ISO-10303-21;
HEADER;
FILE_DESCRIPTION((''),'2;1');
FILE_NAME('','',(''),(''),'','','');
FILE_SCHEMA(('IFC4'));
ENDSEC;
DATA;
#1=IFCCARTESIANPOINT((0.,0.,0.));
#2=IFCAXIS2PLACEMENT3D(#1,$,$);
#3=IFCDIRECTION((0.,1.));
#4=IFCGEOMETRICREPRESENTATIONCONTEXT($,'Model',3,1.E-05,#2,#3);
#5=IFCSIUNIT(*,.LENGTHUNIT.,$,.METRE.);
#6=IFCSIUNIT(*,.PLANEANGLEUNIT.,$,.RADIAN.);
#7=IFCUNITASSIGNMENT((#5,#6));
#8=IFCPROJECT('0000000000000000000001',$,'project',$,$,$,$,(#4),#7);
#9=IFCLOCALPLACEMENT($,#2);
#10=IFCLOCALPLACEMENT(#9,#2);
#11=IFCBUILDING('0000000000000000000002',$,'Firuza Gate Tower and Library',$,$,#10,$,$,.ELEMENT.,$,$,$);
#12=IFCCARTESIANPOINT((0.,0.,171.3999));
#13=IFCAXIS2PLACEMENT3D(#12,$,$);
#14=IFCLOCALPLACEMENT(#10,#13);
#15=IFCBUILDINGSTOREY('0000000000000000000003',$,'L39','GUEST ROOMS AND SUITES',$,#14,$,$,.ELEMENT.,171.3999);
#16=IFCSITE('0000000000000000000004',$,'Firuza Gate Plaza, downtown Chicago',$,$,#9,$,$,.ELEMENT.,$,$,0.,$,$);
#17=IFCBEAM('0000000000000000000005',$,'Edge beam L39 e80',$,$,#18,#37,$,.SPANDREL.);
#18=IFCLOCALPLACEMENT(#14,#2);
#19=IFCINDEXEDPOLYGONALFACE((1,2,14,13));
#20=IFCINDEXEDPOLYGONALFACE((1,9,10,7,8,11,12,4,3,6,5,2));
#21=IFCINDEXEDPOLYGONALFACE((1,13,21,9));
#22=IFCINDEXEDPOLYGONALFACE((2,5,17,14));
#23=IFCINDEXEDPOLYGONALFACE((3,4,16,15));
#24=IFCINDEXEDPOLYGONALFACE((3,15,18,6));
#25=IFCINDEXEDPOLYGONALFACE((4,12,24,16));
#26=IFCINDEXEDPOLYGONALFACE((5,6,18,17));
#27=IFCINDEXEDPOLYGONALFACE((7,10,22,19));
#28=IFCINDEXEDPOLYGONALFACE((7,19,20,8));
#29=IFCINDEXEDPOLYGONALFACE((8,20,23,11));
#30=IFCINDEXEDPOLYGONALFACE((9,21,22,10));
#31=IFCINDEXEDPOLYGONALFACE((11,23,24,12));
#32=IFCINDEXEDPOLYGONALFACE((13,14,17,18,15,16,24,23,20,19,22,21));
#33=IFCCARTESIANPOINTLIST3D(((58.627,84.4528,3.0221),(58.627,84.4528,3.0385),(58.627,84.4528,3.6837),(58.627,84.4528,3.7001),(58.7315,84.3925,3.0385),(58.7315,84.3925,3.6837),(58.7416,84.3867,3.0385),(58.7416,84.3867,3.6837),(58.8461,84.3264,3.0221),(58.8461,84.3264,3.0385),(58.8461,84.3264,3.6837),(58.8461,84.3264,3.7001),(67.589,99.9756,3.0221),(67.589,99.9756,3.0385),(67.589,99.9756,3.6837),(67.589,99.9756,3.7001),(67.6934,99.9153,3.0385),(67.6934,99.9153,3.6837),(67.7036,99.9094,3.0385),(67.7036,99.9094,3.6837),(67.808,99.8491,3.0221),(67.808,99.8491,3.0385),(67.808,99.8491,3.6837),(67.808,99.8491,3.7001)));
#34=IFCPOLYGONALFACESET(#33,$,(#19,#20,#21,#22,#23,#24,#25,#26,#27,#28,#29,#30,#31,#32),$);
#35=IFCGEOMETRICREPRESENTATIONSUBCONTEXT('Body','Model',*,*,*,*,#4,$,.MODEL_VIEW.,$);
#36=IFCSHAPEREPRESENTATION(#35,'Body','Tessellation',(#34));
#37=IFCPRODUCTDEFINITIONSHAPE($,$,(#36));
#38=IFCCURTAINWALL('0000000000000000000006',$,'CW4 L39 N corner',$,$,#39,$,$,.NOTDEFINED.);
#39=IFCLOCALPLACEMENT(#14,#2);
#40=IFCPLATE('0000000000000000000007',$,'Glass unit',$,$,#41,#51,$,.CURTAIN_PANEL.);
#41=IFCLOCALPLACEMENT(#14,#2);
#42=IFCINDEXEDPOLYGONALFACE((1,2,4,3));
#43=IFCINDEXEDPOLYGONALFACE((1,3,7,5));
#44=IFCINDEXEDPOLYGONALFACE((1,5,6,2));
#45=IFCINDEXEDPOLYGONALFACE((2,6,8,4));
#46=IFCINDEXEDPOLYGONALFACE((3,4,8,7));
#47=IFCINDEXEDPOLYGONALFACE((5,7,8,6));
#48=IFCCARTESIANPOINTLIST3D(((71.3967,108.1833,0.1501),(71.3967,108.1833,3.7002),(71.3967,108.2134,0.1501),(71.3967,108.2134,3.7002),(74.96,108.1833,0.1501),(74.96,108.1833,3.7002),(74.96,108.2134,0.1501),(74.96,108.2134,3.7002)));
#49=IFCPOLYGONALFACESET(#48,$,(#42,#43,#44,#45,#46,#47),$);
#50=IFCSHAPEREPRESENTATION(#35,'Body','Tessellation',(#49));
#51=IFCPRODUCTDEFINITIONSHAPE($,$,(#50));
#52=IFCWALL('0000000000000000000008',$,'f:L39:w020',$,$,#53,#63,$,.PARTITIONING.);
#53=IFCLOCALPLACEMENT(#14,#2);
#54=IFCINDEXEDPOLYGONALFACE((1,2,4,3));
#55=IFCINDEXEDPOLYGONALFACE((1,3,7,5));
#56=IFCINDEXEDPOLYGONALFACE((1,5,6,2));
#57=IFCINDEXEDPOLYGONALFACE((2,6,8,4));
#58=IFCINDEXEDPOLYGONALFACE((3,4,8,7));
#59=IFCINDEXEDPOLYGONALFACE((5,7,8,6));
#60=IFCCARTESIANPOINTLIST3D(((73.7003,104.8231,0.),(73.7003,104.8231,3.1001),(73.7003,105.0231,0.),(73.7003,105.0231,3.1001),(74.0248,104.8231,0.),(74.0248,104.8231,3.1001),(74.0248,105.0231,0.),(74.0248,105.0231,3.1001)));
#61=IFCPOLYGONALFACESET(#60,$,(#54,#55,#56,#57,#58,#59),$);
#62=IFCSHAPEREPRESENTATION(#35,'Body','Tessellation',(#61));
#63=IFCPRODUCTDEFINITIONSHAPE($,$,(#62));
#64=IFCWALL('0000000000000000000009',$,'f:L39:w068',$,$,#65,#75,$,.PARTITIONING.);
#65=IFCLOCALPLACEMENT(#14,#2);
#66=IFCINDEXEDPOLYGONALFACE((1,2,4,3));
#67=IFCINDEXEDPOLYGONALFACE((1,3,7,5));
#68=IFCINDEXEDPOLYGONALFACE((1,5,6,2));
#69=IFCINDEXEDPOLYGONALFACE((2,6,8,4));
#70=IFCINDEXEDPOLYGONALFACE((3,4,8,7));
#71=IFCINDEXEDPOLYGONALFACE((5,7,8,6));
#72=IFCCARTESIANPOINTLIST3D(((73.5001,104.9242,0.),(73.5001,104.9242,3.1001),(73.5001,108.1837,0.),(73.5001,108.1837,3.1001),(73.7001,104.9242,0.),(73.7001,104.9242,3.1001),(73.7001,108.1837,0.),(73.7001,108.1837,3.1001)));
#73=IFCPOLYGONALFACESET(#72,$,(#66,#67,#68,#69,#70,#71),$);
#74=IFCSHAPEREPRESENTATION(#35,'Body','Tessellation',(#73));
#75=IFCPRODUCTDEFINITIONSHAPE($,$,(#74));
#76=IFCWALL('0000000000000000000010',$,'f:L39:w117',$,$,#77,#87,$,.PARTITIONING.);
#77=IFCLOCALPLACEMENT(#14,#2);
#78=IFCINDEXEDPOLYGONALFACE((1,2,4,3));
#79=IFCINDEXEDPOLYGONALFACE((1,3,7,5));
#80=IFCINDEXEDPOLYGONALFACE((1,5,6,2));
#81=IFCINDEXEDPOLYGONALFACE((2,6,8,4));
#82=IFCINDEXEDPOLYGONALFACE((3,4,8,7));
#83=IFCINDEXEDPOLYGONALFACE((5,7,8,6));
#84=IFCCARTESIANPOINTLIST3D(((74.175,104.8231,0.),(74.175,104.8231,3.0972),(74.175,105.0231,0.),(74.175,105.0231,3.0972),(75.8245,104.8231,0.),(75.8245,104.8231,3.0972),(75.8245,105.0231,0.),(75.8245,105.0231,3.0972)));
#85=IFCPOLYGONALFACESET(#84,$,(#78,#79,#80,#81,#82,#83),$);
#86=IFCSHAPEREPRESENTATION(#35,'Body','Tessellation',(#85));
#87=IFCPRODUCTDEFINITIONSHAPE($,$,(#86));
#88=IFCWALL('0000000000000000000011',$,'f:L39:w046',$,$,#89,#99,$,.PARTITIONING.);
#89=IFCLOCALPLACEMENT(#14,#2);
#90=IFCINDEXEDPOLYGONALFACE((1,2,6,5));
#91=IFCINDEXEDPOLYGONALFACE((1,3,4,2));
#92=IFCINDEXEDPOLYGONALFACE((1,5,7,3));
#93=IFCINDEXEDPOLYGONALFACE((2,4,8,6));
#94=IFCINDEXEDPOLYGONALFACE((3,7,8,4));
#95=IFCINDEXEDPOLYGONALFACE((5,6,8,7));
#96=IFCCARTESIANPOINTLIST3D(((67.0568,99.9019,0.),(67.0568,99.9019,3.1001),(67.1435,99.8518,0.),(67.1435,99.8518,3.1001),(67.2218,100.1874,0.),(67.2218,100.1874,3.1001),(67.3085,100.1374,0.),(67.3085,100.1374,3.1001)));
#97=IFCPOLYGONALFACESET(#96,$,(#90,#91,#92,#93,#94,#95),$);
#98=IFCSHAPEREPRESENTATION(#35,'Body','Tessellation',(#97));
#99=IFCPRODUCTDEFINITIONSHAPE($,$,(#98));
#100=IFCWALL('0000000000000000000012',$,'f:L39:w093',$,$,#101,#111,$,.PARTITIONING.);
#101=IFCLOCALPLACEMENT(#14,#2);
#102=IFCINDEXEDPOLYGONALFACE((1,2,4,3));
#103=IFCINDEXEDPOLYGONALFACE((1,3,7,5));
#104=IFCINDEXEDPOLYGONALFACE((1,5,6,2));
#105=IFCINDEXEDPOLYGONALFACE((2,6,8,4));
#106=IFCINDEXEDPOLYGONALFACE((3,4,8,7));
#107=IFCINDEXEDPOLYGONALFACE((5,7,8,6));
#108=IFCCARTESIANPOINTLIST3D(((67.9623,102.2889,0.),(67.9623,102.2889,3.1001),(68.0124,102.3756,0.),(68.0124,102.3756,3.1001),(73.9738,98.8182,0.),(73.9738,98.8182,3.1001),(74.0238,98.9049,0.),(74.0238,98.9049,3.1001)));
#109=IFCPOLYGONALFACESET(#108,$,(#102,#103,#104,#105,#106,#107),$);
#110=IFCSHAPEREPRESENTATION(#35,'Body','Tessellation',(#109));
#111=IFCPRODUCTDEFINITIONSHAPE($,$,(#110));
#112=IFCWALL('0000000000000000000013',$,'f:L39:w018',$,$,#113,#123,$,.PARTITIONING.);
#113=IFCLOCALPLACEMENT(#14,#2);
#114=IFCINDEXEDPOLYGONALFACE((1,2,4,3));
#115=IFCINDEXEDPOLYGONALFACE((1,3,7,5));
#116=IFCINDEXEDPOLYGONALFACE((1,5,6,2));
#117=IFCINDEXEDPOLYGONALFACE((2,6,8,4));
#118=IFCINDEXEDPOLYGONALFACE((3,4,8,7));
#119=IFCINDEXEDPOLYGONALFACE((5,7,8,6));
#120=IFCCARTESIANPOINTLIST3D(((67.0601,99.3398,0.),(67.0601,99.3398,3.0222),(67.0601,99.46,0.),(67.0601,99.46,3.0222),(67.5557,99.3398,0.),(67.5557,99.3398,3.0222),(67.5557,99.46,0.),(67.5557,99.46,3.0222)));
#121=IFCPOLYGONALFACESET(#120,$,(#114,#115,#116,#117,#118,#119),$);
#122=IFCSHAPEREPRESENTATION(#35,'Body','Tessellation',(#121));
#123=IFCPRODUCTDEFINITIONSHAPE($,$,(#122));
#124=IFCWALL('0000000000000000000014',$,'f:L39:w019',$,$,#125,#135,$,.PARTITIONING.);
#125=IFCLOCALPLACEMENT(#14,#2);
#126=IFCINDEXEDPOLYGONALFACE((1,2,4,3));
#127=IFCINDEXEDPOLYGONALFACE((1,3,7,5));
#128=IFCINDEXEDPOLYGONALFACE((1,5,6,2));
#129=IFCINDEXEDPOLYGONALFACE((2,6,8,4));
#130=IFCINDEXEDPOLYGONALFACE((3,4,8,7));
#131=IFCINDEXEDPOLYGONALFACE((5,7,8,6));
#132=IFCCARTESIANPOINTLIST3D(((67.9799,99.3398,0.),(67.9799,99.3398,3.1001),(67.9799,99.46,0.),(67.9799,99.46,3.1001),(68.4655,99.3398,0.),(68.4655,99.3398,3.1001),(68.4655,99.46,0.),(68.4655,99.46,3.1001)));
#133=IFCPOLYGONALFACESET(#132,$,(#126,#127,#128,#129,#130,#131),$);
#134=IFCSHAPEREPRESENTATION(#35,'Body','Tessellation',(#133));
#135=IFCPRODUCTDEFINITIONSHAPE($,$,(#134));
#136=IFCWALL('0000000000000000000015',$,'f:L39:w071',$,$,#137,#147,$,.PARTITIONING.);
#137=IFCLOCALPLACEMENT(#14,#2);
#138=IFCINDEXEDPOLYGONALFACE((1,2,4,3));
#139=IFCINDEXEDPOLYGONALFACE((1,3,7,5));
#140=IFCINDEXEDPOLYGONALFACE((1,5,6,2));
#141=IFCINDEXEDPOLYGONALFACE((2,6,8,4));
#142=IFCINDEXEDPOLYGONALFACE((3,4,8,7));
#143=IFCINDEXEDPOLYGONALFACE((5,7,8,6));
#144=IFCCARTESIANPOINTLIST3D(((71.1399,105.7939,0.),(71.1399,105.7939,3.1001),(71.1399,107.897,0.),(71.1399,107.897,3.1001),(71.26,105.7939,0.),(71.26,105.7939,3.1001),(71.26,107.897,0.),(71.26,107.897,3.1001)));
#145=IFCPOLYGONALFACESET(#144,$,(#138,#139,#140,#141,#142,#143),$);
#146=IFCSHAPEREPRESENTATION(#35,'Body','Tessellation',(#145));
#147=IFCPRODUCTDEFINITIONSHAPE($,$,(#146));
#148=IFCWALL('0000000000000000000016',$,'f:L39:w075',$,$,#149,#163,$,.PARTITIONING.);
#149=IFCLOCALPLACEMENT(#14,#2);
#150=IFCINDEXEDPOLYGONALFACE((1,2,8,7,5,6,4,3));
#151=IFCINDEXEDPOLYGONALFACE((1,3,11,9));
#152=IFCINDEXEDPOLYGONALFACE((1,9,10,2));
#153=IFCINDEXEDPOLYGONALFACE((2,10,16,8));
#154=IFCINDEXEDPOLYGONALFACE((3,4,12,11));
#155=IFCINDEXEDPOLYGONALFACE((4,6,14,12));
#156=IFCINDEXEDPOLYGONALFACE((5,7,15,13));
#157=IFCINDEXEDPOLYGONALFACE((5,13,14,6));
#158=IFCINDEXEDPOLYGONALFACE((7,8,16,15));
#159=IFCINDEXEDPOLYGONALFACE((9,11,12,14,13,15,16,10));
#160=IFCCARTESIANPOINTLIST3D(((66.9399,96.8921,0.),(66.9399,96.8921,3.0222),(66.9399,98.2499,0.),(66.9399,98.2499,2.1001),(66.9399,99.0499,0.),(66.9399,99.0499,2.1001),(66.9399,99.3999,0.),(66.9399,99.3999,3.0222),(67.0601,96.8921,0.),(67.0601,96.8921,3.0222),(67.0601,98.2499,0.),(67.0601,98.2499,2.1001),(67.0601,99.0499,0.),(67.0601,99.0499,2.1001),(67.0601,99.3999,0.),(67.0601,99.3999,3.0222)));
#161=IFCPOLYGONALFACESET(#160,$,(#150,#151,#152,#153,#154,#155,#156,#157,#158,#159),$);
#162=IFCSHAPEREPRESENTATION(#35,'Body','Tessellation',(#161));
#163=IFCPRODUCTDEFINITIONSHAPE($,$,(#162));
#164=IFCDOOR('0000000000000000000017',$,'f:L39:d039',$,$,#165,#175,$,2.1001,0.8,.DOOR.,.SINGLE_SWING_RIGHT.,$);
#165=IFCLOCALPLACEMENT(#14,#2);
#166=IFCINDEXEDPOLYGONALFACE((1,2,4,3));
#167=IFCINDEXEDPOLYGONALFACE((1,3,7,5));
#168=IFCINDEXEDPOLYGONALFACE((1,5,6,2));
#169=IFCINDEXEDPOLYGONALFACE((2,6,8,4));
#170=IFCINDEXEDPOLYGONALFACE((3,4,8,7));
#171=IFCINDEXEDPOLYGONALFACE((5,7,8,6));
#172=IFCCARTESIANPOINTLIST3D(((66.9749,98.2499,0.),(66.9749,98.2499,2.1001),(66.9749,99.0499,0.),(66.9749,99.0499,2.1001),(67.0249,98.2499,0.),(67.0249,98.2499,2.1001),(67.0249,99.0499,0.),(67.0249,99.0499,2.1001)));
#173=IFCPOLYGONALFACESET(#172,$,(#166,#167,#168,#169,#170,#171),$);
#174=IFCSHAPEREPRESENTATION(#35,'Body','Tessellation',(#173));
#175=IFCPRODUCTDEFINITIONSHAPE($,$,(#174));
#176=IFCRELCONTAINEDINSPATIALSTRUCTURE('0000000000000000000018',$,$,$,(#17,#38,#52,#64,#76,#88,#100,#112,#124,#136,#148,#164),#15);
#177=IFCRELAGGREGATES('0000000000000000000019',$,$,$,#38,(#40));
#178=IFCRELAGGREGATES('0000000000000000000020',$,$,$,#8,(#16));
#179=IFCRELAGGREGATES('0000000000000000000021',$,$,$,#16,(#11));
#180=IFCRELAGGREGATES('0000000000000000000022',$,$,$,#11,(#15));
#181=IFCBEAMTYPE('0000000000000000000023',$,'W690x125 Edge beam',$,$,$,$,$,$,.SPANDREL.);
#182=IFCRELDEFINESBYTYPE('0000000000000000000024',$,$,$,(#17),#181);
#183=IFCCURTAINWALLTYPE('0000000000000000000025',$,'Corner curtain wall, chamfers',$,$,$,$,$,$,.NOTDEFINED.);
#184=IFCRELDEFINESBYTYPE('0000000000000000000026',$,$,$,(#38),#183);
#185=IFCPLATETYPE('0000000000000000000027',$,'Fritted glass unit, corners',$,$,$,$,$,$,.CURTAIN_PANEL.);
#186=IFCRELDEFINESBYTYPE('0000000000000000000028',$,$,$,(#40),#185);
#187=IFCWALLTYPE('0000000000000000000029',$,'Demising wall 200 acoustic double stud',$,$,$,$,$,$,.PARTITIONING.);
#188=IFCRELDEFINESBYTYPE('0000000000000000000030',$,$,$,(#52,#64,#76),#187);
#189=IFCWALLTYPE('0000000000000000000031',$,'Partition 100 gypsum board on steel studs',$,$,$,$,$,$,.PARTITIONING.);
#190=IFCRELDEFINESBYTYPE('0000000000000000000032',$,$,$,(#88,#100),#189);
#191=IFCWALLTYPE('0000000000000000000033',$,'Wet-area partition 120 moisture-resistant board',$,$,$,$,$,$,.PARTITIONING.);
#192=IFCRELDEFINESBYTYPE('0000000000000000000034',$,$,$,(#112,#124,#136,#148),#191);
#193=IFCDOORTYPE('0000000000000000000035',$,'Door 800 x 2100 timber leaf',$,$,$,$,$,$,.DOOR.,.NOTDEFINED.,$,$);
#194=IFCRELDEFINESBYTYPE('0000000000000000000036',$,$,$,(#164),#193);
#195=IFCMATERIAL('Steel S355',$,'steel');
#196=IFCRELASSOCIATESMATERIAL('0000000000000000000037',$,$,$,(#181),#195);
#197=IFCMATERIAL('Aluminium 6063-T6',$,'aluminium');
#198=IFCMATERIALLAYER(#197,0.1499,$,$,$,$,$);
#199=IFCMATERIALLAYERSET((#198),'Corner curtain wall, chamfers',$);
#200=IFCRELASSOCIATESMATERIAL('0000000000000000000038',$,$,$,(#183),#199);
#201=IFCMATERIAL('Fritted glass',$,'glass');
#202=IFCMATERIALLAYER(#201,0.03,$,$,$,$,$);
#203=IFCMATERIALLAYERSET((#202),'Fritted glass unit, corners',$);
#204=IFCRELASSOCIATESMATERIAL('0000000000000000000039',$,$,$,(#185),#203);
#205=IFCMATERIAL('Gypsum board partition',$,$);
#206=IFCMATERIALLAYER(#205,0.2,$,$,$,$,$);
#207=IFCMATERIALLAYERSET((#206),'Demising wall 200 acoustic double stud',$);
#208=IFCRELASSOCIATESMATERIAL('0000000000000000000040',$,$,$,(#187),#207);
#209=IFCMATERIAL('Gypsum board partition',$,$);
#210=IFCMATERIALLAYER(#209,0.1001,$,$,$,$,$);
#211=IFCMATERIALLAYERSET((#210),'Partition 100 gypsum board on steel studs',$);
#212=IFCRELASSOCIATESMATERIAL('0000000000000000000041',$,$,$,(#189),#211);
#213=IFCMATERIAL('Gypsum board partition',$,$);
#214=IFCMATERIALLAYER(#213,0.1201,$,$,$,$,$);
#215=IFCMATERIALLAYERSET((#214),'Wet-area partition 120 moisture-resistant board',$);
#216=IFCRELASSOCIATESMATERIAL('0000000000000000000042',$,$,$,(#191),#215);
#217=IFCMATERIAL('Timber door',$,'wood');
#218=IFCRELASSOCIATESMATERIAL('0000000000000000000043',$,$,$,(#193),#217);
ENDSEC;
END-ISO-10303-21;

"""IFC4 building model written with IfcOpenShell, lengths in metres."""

from ifc_helpers import new_model, si_unit, direction, frame, frame_2d, origin, origin_2d, place, context, subcontext, project, spatial, polyline, rectangle, i_section, outline, extrude, material, layer, layer_set, material_profile, profile_set, type_object, element, fill, aggregate, save


model = new_model("IFC4")

# Units and contexts
model_context = context("Model", 3, precision=1e-05, world=origin(), true_north=direction((0.0, 1.0)))
body_context = subcontext(model_context, "Body", "Model", "MODEL_VIEW")
ifc_project = project(units=[si_unit("LENGTHUNIT", "METRE"), si_unit("PLANEANGLEUNIT", "RADIAN")], contexts=[model_context])

# Site, building, storey
site_placement = place(None, origin())
site = spatial("IfcSite", under=ifc_project, at=site_placement, Name="Firuza Gate Plaza, downtown Chicago", CompositionType="ELEMENT", RefElevation=0.0)
building_placement = place(site_placement, origin())
building = spatial("IfcBuilding", under=site, at=building_placement, Name="Firuza Gate Tower and Library", CompositionType="ELEMENT")
storey_placement = place(building_placement, frame((0.0, 0.0, 171.3999)))
storey = spatial("IfcBuildingStorey", under=building, at=storey_placement, Name="L39", Description="GUEST ROOMS AND SUITES", CompositionType="ELEMENT", Elevation=171.3999)

# Beam
ifc_material_1 = material(Name="Steel S355", Category="steel")
ifc_material_profile_1 = material_profile(ifc_material_1, i_section(OverallWidth=0.2529, OverallDepth=0.678, WebThickness=0.0117, FlangeThickness=0.0164, at=origin_2d()))
ifc_profile_set_1 = profile_set([ifc_material_profile_1], Name="Steel S355")
beam_type_1 = type_object("IfcBeamType", Name="W690x125 Edge beam", PredefinedType="SPANDREL", material=ifc_profile_set_1)
beam_1_placement = place(storey_placement, frame((67.6985, 99.9124, 3.3611), z_axis=(-0.499995, -0.866028, 0.0), x_axis=(0.866028, -0.499995, 0.0)))
element("IfcBeam", 1, at=beam_1_placement, inside=storey, type_object=beam_type_1, Name="Edge beam L39 e80", PredefinedType="SPANDREL", context=body_context, shape_type="SweptSolid", body=[
    extrude(i_section(OverallWidth=0.2529, OverallDepth=0.678, WebThickness=0.0117, FlangeThickness=0.0164, at=origin_2d()), origin(), (0.0, 0.0, 1.0), 17.9241),
])

# Curtain wall, plate
ifc_material_2 = material(Name="Aluminium 6063-T6", Category="aluminium")
ifc_layer_1 = layer(ifc_material_2, 0.1499)
ifc_layer_set_1 = layer_set([ifc_layer_1], Name="Corner curtain wall, chamfers")
curtain_wall_type = type_object("IfcCurtainWallType", Name="Corner curtain wall, chamfers", PredefinedType="NOTDEFINED", material=ifc_layer_set_1)
curtain_wall_placement = place(storey_placement, origin())
curtain_wall = element("IfcCurtainWall", 2, at=curtain_wall_placement, inside=storey, type_object=curtain_wall_type, Name="CW4 L39 N corner", PredefinedType="NOTDEFINED")
ifc_material_3 = material(Name="Fritted glass", Category="glass")
ifc_layer_2 = layer(ifc_material_3, 0.03)
ifc_layer_set_2 = layer_set([ifc_layer_2], Name="Fritted glass unit, corners")
plate_type = type_object("IfcPlateType", Name="Fritted glass unit, corners", PredefinedType="CURTAIN_PANEL", material=ifc_layer_set_2)
plate_placement = place(storey_placement, frame((74.96, 108.2134, 0.1501), z_axis=(0.0, 1.0, 0.0), x_axis=(-1.0, 0.0, 0.0)))
plate = element("IfcPlate", 3, at=plate_placement, type_object=plate_type, Name="Glass unit", PredefinedType="CURTAIN_PANEL", context=body_context, shape_type="SweptSolid", body=[
    extrude(outline(polyline([(0.0, 0.0), (3.5632, 0.0), (3.5632, 3.55), (0.0, 3.55), (0.0, 0.0)])), origin(), (0.0, 0.0, -1.0), 0.03),
])
aggregate(curtain_wall, [plate])

# Walls
ifc_material_4 = material(Name="Gypsum board partition")
ifc_layer_3 = layer(ifc_material_4, 0.2)
ifc_layer_set_3 = layer_set([ifc_layer_3], Name="Demising wall 200 acoustic double stud")
wall_type_1 = type_object("IfcWallType", Name="Demising wall 200 acoustic double stud", PredefinedType="PARTITIONING", material=ifc_layer_set_3)
wall_1_placement = place(storey_placement, frame((73.7004, 104.9231, 0.0), z_axis=(0.0, 0.0, 1.0), x_axis=(1.0, 0.0, 0.0)))
element("IfcWall", 4, at=wall_1_placement, inside=storey, type_object=wall_type_1, Name="f:L39:w020", PredefinedType="PARTITIONING", context=body_context, shape_type="SweptSolid", body=[
    extrude(rectangle(XDim=0.3245, YDim=0.2, at=frame_2d((0.1621, 0.0))), origin(), (0.0, 0.0, 1.0), 3.1001),
])
wall_2_placement = place(storey_placement, frame((73.6001, 104.9241, 0.0), z_axis=(0.0, 0.0, 1.0), x_axis=(0.0, 1.0, 0.0)))
element("IfcWall", 5, at=wall_2_placement, inside=storey, type_object=wall_type_1, Name="f:L39:w068", PredefinedType="PARTITIONING", context=body_context, shape_type="SweptSolid", body=[
    extrude(rectangle(XDim=3.2595, YDim=0.2, at=frame_2d((1.6299, 0.0))), origin(), (0.0, 0.0, 1.0), 3.1001),
])
wall_3_placement = place(storey_placement, frame((74.175, 104.9231, 0.0), z_axis=(0.0, 0.0, 1.0), x_axis=(1.0, 0.0, 0.0)))
element("IfcWall", 6, at=wall_3_placement, inside=storey, type_object=wall_type_1, Name="f:L39:w117", PredefinedType="PARTITIONING", context=body_context, shape_type="SweptSolid", body=[
    extrude(rectangle(XDim=1.6494, YDim=0.2, at=frame_2d((0.8247, 0.0))), origin(), (0.0, 0.0, 1.0), 3.0972),
])
ifc_material_5 = material(Name="Gypsum board partition")
ifc_layer_4 = layer(ifc_material_5, 0.1001)
ifc_layer_set_4 = layer_set([ifc_layer_4], Name="Partition 100 gypsum board on steel studs")
wall_type_2 = type_object("IfcWallType", Name="Partition 100 gypsum board on steel studs", PredefinedType="PARTITIONING", material=ifc_layer_set_4)
wall_4_placement = place(storey_placement, frame((67.1001, 99.8767, 0.0), z_axis=(0.0, 0.0, 1.0), x_axis=(0.500278, 0.865865, 0.0)))
element("IfcWall", 7, at=wall_4_placement, inside=storey, type_object=wall_type_2, Name="f:L39:w046", PredefinedType="PARTITIONING", context=body_context, shape_type="SweptSolid", body=[
    extrude(rectangle(XDim=0.3298, YDim=0.1001, at=frame_2d((0.165, 0.0))), origin(), (0.0, 0.0, 1.0), 3.1001),
])
wall_5_placement = place(storey_placement, frame((73.9988, 98.8616, 0.0), z_axis=(0.0, 0.0, 1.0), x_axis=(-0.866027, 0.499997, 0.0)))
element("IfcWall", 8, at=wall_5_placement, inside=storey, type_object=wall_type_2, Name="f:L39:w093", PredefinedType="PARTITIONING", context=body_context, shape_type="SweptSolid", body=[
    extrude(rectangle(XDim=6.9414, YDim=0.1001, at=frame_2d((3.4707, 0.0))), origin(), (0.0, 0.0, 1.0), 3.1001),
])
ifc_material_6 = material(Name="Gypsum board partition")
ifc_layer_5 = layer(ifc_material_6, 0.1201)
ifc_layer_set_5 = layer_set([ifc_layer_5], Name="Wet-area partition 120 moisture-resistant board")
wall_type_3 = type_object("IfcWallType", Name="Wet-area partition 120 moisture-resistant board", PredefinedType="PARTITIONING", material=ifc_layer_set_5)
wall_6_placement = place(storey_placement, frame((67.0601, 99.3999, 0.0), z_axis=(0.0, 0.0, 1.0), x_axis=(1.0, 0.0, 0.0)))
element("IfcWall", 9, at=wall_6_placement, inside=storey, type_object=wall_type_3, Name="f:L39:w018", PredefinedType="PARTITIONING", context=body_context, shape_type="SweptSolid", body=[
    extrude(rectangle(XDim=0.4956, YDim=0.1201, at=frame_2d((0.2478, 0.0))), origin(), (0.0, 0.0, 1.0), 3.0222),
])
wall_7_placement = place(storey_placement, frame((67.98, 99.3999, 0.0), z_axis=(0.0, 0.0, 1.0), x_axis=(1.0, 0.0, 0.0)))
element("IfcWall", 10, at=wall_7_placement, inside=storey, type_object=wall_type_3, Name="f:L39:w019", PredefinedType="PARTITIONING", context=body_context, shape_type="SweptSolid", body=[
    extrude(rectangle(XDim=0.4856, YDim=0.1201, at=frame_2d((0.2427, 0.0))), origin(), (0.0, 0.0, 1.0), 3.1001),
])
wall_8_placement = place(storey_placement, frame((71.2, 105.7939, 0.0), z_axis=(0.0, 0.0, 1.0), x_axis=(0.0, 1.0, 0.0)))
element("IfcWall", 11, at=wall_8_placement, inside=storey, type_object=wall_type_3, Name="f:L39:w071", PredefinedType="PARTITIONING", context=body_context, shape_type="SweptSolid", body=[
    extrude(rectangle(XDim=2.103, YDim=0.1201, at=frame_2d((1.0515, 0.0))), origin(), (0.0, 0.0, 1.0), 3.1001),
])

# Wall, opening, door
wall_9_placement = place(storey_placement, frame((67.0, 99.3999, 0.0), z_axis=(0.0, 0.0, 1.0), x_axis=(0.0, -1.0, 0.0)))
wall_9 = element("IfcWall", 12, at=wall_9_placement, inside=storey, type_object=wall_type_3, Name="f:L39:w075", PredefinedType="PARTITIONING", context=body_context, shape_type="SweptSolid", body=[
    extrude(rectangle(XDim=2.5078, YDim=0.1201, at=frame_2d((1.2539, 0.0))), origin(), (0.0, 0.0, 1.0), 3.0222),
])
opening_1_placement = place(wall_9_placement, frame((0.3501, 0.0, 0.0)))
opening_1 = element("IfcOpeningElement", 13, at=opening_1_placement, cuts=wall_9, PredefinedType="OPENING", context=body_context, shape_type="SweptSolid", body=[
    extrude(rectangle(XDim=0.8, YDim=2.1001, at=frame_2d((0.3999, 1.05))), frame((0.0, 0.0701, 0.0), z_axis=(0.0, -1.0, 0.0), x_axis=(1.0, 0.0, 0.0)), (0.0, 0.0, 1.0), 0.1401),
])
ifc_material_7 = material(Name="Timber door", Category="wood")
door_type = type_object("IfcDoorType", Name="Door 800 x 2100 timber leaf", OperationType="NOTDEFINED", PredefinedType="DOOR", material=ifc_material_7)
door_1_placement = place(opening_1_placement, origin())
door_1 = element("IfcDoor", 14, at=door_1_placement, inside=storey, type_object=door_type, Name="f:L39:d039", OperationType="SINGLE_SWING_RIGHT", OverallHeight=2.1001, OverallWidth=0.8, PredefinedType="DOOR", context=body_context, shape_type="SweptSolid", body=[
    extrude(rectangle(XDim=0.8, YDim=2.1001, at=frame_2d((0.3999, 1.05))), frame((0.0, 0.0249, 0.0), z_axis=(0.0, -1.0, 0.0), x_axis=(1.0, 0.0, 0.0)), (0.0, 0.0, 1.0), 0.05),
])
fill(opening_1, door_1)

save(model, "model.ifc")
